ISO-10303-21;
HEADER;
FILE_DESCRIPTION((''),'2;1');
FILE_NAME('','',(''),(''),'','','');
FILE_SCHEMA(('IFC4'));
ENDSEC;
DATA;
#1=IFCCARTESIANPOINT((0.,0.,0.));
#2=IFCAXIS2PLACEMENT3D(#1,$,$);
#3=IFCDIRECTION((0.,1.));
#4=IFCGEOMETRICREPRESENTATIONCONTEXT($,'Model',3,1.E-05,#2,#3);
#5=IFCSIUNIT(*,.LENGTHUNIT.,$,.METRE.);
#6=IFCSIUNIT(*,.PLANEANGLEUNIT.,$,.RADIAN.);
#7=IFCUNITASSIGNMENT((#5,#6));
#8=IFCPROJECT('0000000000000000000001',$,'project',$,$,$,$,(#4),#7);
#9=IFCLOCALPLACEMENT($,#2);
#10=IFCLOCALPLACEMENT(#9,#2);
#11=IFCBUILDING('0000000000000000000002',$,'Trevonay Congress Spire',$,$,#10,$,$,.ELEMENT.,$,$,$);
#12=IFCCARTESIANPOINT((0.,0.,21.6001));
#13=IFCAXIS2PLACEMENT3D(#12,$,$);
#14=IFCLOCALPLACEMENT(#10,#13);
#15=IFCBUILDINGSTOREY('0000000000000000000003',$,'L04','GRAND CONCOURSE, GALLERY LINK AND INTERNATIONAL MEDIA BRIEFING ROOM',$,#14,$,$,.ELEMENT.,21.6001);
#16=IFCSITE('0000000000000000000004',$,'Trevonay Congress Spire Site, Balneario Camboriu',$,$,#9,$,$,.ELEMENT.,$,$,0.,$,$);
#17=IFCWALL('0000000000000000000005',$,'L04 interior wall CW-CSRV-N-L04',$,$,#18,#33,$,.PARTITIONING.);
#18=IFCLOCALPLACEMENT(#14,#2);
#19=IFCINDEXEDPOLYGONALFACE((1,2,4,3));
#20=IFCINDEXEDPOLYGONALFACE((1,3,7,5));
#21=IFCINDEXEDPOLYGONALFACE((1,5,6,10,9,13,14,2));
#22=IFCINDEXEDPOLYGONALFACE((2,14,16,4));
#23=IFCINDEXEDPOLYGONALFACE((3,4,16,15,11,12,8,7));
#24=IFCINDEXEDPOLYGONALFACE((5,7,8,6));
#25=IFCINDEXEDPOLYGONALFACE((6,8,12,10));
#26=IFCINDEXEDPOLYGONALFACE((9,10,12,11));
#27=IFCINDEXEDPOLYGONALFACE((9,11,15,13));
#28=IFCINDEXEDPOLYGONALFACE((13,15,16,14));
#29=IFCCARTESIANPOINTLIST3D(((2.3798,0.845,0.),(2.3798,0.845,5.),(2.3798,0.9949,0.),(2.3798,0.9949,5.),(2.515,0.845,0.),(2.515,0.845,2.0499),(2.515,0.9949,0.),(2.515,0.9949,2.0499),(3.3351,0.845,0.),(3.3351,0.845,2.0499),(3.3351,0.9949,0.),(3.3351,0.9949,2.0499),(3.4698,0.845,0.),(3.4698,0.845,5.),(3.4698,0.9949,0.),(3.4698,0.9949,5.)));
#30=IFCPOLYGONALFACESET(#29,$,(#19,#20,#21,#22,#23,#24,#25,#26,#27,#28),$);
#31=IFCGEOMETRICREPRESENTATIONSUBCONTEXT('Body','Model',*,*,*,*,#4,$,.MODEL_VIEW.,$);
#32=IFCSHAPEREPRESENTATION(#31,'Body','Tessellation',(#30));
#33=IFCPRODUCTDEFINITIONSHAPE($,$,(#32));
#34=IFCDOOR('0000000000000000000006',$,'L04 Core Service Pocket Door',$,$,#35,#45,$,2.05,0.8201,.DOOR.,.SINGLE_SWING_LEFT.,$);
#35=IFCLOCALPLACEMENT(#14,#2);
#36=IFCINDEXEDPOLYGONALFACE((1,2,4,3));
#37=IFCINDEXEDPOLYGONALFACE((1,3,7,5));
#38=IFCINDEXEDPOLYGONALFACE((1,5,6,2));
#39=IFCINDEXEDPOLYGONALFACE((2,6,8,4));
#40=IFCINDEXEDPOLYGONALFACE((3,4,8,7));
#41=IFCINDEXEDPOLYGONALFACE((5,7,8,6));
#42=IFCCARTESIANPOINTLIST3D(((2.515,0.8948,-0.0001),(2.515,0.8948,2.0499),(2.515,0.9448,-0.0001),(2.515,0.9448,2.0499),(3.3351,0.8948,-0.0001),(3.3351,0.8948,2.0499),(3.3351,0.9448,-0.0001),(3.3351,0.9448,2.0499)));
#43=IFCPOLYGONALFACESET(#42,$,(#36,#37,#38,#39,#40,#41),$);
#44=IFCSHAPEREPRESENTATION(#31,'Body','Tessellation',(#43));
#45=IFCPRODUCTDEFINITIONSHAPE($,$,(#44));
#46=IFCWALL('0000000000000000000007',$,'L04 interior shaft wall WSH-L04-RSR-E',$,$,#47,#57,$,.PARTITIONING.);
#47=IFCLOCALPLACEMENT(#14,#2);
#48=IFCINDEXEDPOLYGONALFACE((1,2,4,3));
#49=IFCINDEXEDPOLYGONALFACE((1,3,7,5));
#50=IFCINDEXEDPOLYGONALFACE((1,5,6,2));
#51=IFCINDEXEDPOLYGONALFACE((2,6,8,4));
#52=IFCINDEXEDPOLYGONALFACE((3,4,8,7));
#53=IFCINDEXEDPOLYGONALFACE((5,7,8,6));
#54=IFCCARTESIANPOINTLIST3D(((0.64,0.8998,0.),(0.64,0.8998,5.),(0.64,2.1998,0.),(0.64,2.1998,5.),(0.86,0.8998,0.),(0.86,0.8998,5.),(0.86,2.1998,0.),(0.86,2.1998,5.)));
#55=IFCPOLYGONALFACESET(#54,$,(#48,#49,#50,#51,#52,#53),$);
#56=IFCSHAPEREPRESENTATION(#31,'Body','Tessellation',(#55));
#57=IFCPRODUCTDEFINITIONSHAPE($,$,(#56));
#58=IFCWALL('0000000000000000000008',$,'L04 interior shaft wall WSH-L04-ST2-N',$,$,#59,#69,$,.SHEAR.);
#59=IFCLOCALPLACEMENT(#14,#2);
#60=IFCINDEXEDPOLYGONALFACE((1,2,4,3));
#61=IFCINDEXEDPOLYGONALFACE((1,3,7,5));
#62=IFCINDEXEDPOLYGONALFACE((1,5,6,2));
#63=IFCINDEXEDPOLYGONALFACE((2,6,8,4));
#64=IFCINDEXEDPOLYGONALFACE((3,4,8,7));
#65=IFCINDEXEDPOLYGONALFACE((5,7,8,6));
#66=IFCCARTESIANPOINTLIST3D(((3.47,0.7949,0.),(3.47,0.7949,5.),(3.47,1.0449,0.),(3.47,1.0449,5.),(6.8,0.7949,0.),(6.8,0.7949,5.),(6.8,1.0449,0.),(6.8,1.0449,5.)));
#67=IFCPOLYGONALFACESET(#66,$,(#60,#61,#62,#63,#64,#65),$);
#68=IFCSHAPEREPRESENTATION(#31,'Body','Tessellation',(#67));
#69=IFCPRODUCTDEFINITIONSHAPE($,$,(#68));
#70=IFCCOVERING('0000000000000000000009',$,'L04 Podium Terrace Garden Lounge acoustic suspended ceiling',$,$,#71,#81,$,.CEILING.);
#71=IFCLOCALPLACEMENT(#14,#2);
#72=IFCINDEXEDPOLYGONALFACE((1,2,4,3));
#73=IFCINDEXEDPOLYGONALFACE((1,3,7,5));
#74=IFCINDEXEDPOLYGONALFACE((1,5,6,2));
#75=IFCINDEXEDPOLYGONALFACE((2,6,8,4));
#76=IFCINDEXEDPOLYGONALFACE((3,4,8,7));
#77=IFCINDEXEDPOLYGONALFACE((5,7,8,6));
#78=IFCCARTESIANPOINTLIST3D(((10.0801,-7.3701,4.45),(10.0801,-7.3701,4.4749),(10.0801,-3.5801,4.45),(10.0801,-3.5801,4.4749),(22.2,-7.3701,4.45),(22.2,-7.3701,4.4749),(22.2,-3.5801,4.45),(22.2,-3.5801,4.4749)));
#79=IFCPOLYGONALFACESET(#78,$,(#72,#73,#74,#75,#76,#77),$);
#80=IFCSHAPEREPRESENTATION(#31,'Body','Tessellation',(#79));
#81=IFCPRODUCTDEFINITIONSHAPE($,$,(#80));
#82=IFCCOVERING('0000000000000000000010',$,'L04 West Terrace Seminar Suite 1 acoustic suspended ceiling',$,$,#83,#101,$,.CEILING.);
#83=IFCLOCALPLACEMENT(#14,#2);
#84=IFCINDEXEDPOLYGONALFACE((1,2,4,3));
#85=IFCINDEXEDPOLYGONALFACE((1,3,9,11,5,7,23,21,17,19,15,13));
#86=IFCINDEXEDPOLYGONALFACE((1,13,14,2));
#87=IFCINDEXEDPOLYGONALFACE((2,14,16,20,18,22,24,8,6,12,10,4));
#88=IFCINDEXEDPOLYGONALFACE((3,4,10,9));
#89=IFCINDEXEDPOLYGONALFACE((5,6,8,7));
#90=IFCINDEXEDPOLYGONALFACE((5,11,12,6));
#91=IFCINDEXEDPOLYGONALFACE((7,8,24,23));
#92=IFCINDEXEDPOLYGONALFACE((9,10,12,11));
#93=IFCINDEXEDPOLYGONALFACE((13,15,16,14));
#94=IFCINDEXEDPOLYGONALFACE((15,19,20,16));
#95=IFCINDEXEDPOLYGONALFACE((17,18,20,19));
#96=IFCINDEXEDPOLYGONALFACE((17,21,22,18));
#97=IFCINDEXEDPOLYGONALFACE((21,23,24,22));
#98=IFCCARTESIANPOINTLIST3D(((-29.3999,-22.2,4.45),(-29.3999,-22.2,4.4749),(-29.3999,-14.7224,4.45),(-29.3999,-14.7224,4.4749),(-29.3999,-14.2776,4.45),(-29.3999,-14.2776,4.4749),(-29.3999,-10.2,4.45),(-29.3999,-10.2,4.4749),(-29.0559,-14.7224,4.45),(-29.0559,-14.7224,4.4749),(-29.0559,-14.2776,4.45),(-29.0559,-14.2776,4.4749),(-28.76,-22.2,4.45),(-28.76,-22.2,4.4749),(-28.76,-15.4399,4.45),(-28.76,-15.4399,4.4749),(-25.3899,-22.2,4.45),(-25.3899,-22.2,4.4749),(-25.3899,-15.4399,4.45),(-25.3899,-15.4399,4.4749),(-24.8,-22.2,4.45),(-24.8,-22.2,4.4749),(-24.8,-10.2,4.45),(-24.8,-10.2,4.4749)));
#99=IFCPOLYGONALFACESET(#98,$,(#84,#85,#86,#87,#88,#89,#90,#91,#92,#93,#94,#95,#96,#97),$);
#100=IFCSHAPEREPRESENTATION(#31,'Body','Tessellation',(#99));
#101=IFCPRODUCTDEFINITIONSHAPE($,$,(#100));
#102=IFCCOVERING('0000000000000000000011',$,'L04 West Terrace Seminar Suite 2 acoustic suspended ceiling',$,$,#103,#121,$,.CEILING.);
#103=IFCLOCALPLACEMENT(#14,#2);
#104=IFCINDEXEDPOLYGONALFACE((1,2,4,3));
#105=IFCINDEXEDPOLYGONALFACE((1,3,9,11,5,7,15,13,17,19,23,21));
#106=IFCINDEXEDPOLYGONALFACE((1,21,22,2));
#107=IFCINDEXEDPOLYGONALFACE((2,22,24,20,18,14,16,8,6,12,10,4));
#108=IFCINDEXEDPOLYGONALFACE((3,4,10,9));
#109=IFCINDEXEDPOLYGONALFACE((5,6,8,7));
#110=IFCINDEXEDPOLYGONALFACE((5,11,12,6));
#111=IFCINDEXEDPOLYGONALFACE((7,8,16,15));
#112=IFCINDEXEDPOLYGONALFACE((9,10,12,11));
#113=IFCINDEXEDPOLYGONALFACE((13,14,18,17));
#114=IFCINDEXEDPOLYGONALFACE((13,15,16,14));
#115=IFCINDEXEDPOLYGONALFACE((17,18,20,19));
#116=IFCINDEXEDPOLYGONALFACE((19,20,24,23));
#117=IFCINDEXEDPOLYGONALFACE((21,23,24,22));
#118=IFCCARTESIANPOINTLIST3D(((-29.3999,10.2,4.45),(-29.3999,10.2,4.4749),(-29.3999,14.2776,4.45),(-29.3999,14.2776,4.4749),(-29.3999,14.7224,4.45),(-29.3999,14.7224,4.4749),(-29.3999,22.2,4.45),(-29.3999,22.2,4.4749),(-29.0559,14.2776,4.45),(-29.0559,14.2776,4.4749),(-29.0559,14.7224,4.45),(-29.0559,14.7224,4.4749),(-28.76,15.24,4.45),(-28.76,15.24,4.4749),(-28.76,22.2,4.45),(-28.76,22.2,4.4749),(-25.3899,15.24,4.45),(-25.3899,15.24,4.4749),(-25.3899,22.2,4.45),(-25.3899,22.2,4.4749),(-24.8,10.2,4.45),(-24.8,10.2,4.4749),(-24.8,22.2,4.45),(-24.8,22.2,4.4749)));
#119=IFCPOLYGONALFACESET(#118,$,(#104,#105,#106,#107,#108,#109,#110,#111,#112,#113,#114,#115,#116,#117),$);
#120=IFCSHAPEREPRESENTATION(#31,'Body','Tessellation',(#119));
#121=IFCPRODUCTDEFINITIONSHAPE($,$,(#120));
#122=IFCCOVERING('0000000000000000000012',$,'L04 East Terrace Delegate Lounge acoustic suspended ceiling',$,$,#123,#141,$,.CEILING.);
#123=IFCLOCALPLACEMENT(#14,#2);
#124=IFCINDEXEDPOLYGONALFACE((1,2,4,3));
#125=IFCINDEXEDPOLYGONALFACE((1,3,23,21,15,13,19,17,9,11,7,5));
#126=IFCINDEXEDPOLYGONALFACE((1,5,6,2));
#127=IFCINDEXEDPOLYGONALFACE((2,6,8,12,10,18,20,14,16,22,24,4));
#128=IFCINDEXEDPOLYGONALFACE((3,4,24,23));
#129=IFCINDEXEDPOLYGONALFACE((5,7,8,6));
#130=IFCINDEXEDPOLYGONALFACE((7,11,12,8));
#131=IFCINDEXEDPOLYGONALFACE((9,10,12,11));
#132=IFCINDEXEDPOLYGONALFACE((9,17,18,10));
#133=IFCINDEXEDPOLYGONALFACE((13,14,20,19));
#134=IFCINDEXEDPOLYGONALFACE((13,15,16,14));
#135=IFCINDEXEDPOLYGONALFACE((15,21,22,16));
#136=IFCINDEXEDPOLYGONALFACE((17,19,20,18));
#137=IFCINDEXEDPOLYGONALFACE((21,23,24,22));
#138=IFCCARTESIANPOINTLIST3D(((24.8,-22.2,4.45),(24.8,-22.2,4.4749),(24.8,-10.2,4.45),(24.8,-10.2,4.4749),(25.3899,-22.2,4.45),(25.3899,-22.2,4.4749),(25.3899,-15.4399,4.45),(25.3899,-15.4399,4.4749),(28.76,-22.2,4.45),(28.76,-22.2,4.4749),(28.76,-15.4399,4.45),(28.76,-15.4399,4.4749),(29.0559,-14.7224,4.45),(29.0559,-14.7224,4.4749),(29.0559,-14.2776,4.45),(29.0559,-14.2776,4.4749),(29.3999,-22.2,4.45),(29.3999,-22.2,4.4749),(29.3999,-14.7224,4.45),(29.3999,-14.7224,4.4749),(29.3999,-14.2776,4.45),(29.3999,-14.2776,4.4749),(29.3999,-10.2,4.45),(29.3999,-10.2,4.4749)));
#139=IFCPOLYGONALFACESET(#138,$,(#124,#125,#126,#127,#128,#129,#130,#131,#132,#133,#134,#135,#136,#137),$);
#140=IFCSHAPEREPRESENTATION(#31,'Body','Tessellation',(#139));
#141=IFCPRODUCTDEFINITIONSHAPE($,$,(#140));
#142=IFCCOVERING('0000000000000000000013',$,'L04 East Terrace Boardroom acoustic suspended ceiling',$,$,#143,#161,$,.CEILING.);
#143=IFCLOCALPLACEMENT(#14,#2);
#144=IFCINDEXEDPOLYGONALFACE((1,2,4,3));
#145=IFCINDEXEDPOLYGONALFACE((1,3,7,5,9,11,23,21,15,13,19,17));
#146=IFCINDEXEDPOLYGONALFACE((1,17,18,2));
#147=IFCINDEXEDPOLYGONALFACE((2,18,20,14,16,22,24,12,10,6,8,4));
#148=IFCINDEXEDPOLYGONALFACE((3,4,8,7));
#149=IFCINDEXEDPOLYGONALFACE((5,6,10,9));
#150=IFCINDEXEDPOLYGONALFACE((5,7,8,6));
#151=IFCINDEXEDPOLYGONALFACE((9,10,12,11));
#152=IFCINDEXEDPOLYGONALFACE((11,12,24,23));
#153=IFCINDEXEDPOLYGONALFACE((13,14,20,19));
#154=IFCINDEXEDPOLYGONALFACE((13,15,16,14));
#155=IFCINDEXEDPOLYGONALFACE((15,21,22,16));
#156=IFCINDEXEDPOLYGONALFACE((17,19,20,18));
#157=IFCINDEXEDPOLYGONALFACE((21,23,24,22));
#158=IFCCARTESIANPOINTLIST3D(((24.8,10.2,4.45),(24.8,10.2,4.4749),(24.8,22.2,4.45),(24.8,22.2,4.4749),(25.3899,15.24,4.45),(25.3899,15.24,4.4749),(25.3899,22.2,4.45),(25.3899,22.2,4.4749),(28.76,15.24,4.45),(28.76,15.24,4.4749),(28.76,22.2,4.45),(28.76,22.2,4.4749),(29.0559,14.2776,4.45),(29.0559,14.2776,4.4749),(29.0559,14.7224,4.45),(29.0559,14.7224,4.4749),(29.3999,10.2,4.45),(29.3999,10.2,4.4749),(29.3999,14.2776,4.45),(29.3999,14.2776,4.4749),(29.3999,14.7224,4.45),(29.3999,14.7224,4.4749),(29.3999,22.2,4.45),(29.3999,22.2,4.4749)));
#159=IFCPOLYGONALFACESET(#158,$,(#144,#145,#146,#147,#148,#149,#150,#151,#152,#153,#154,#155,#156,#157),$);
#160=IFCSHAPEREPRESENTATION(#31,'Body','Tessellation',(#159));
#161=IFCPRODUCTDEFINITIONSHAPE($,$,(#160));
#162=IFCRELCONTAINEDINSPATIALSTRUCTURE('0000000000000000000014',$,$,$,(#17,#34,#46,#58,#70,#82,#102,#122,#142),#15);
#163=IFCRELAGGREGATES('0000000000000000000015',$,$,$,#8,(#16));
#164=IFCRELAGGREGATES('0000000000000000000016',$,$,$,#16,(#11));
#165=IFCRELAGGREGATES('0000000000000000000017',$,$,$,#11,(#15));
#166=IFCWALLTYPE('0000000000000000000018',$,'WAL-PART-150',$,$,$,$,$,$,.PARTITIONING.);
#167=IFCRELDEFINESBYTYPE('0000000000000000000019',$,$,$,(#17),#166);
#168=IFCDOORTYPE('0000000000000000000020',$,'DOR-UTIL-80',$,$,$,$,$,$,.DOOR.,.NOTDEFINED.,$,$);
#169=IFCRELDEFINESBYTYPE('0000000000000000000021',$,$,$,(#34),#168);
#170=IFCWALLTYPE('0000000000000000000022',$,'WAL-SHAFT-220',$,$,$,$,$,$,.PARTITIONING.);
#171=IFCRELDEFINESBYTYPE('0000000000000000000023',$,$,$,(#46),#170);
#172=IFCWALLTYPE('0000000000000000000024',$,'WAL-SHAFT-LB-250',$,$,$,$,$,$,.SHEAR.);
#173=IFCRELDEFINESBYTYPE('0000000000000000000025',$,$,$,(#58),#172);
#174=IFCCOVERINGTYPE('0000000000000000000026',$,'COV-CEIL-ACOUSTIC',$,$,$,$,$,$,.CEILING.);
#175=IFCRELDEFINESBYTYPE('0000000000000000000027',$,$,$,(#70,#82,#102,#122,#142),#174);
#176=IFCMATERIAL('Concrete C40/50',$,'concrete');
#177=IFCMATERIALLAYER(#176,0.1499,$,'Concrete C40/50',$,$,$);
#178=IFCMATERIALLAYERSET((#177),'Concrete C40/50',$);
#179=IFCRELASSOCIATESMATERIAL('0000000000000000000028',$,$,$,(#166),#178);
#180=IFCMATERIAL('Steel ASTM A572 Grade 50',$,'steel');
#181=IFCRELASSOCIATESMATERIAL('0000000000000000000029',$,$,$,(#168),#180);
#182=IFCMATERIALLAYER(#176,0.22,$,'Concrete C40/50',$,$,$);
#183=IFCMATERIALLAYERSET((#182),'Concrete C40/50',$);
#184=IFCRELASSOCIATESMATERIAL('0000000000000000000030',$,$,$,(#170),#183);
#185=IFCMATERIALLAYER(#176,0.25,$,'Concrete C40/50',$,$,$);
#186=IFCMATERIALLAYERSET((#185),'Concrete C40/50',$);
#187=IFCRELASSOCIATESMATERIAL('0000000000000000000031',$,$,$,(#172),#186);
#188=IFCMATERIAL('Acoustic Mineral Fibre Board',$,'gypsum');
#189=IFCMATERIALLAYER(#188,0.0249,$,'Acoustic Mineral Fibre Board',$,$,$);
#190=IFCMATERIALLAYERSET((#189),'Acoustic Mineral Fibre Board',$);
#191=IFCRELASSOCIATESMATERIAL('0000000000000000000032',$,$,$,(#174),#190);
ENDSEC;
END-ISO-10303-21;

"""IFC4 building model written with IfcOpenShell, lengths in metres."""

from ifc_helpers import new_model, si_unit, direction, frame, frame_2d, origin, place, context, subcontext, project, spatial, polyline, rectangle, outline, extrude, material, layer, layer_set, type_object, element, fill, save


model = new_model("IFC4")

# Units and contexts
model_context = context("Model", 3, precision=1e-05, world=origin(), true_north=direction((0.0, 1.0)))
body_context = subcontext(model_context, "Body", "Model", "MODEL_VIEW")
ifc_project = project(units=[si_unit("LENGTHUNIT", "METRE"), si_unit("PLANEANGLEUNIT", "RADIAN")], contexts=[model_context])

# Site, building, storey
site_placement = place(None, origin())
site = spatial("IfcSite", under=ifc_project, at=site_placement, Name="Trevonay Congress Spire Site, Balneario Camboriu", CompositionType="ELEMENT", RefElevation=0.0)
building_placement = place(site_placement, origin())
building = spatial("IfcBuilding", under=site, at=building_placement, Name="Trevonay Congress Spire", CompositionType="ELEMENT")
storey_placement = place(building_placement, frame((0.0, 0.0, 21.6001)))
storey = spatial("IfcBuildingStorey", under=building, at=storey_placement, Name="L04", Description="GRAND CONCOURSE, GALLERY LINK AND INTERNATIONAL MEDIA BRIEFING ROOM", CompositionType="ELEMENT", Elevation=21.6001)

# Shared definitions
ifc_material_1 = material(Name="Steel ASTM A572 Grade 50", Category="steel")

# Wall, opening, door
ifc_material_2 = material(Name="Concrete C40/50", Category="concrete")
ifc_layer_1 = layer(ifc_material_2, 0.1499, Name="Concrete C40/50")
ifc_layer_set_1 = layer_set([ifc_layer_1], Name="Concrete C40/50")
wall_type_1 = type_object("IfcWallType", Name="WAL-PART-150", PredefinedType="PARTITIONING", material=ifc_layer_set_1)
wall_1_placement = place(storey_placement, frame((2.3799, 0.9199, 0.0), z_axis=(0.0, 0.0, 1.0), x_axis=(1.0, 0.0, 0.0)))
wall_1 = element("IfcWall", 1, at=wall_1_placement, inside=storey, type_object=wall_type_1, Name="L04 interior wall CW-CSRV-N-L04", PredefinedType="PARTITIONING", context=body_context, shape_type="SweptSolid", body=[
    extrude(rectangle(XDim=1.0901, YDim=0.1499, at=frame_2d((0.5449, 0.0))), origin(), (0.0, 0.0, 1.0), 5.0),
])
opening_placement = place(wall_1_placement, frame((0.135, 0.0, 0.0)))
opening = element("IfcOpeningElement", 2, at=opening_placement, cuts=wall_1, PredefinedType="OPENING", context=body_context, shape_type="SweptSolid", body=[
    extrude(rectangle(XDim=0.8201, YDim=2.05, at=frame_2d((0.4102, 1.0249))), frame((0.0, 0.085, 0.0), z_axis=(0.0, -1.0, 0.0), x_axis=(1.0, 0.0, 0.0)), (0.0, 0.0, 1.0), 0.1699),
])
door_type = type_object("IfcDoorType", Name="DOR-UTIL-80", OperationType="NOTDEFINED", PredefinedType="DOOR", material=ifc_material_1)
door_placement = place(opening_placement, origin())
door = element("IfcDoor", 3, at=door_placement, inside=storey, type_object=door_type, Name="L04 Core Service Pocket Door", OperationType="SINGLE_SWING_LEFT", OverallHeight=2.05, OverallWidth=0.8201, PredefinedType="DOOR", context=body_context, shape_type="SweptSolid", body=[
    extrude(rectangle(XDim=0.8201, YDim=2.05, at=frame_2d((0.4102, 1.0249))), frame((0.0, 0.0249, 0.0), z_axis=(0.0, -1.0, 0.0), x_axis=(1.0, 0.0, 0.0)), (0.0, 0.0, 1.0), 0.05),
])
fill(opening, door)

# Walls
ifc_layer_2 = layer(ifc_material_2, 0.22, Name="Concrete C40/50")
ifc_layer_set_2 = layer_set([ifc_layer_2], Name="Concrete C40/50")
wall_type_2 = type_object("IfcWallType", Name="WAL-SHAFT-220", PredefinedType="PARTITIONING", material=ifc_layer_set_2)
wall_2_placement = place(storey_placement, frame((0.75, 0.8999, 0.0), z_axis=(0.0, 0.0, 1.0), x_axis=(0.0, 1.0, 0.0)))
element("IfcWall", 4, at=wall_2_placement, inside=storey, type_object=wall_type_2, Name="L04 interior shaft wall WSH-L04-RSR-E", PredefinedType="PARTITIONING", context=body_context, shape_type="SweptSolid", body=[
    extrude(rectangle(XDim=1.3, YDim=0.22, at=frame_2d((0.6499, 0.0))), origin(), (0.0, 0.0, 1.0), 5.0),
])
ifc_layer_3 = layer(ifc_material_2, 0.25, Name="Concrete C40/50")
ifc_layer_set_3 = layer_set([ifc_layer_3], Name="Concrete C40/50")
wall_type_3 = type_object("IfcWallType", Name="WAL-SHAFT-LB-250", PredefinedType="SHEAR", material=ifc_layer_set_3)
wall_3_placement = place(storey_placement, frame((3.47, 0.9199, 0.0), z_axis=(0.0, 0.0, 1.0), x_axis=(1.0, 0.0, 0.0)))
element("IfcWall", 5, at=wall_3_placement, inside=storey, type_object=wall_type_3, Name="L04 interior shaft wall WSH-L04-ST2-N", PredefinedType="SHEAR", context=body_context, shape_type="SweptSolid", body=[
    extrude(rectangle(XDim=3.3301, YDim=0.25, at=frame_2d((1.665, 0.0))), origin(), (0.0, 0.0, 1.0), 5.0),
])

# Coverings
ifc_material_3 = material(Name="Acoustic Mineral Fibre Board", Category="gypsum")
ifc_layer_4 = layer(ifc_material_3, 0.0249, Name="Acoustic Mineral Fibre Board")
ifc_layer_set_4 = layer_set([ifc_layer_4], Name="Acoustic Mineral Fibre Board")
covering_type_1 = type_object("IfcCoveringType", Name="COV-CEIL-ACOUSTIC", PredefinedType="CEILING", material=ifc_layer_set_4)
covering_1_placement = place(storey_placement, frame((0.0, 0.0, 4.45)))
element("IfcCovering", 6, at=covering_1_placement, inside=storey, type_object=covering_type_1, Name="L04 Podium Terrace Garden Lounge acoustic suspended ceiling", PredefinedType="CEILING", context=body_context, shape_type="SweptSolid", body=[
    extrude(outline(polyline([(10.0801, -7.3701), (22.2, -7.3701), (22.2, -3.5801), (10.0801, -3.5801), (10.0801, -7.3701)])), origin(), (0.0, 0.0, 1.0), 0.0249),
])
covering_2_placement = place(storey_placement, frame((0.0, 0.0, 4.45)))
element("IfcCovering", 7, at=covering_2_placement, inside=storey, type_object=covering_type_1, Name="L04 West Terrace Seminar Suite 1 acoustic suspended ceiling", PredefinedType="CEILING", context=body_context, shape_type="SweptSolid", body=[
    extrude(outline(polyline([(-24.8, -10.2), (-24.8, -22.2), (-25.3899, -22.2), (-25.3899, -15.4399), (-28.76, -15.4399), (-28.76, -22.2), (-29.3999, -22.2), (-29.3999, -14.7224), (-29.0559, -14.7224), (-29.0559, -14.2776), (-29.3999, -14.2776), (-29.3999, -10.2), (-24.8, -10.2)])), origin(), (0.0, 0.0, 1.0), 0.0249),
])
covering_3_placement = place(storey_placement, frame((0.0, 0.0, 4.45)))
element("IfcCovering", 8, at=covering_3_placement, inside=storey, type_object=covering_type_1, Name="L04 West Terrace Seminar Suite 2 acoustic suspended ceiling", PredefinedType="CEILING", context=body_context, shape_type="SweptSolid", body=[
    extrude(outline(polyline([(-28.76, 22.2), (-28.76, 15.24), (-25.3899, 15.24), (-25.3899, 22.2), (-24.8, 22.2), (-24.8, 10.2), (-29.3999, 10.2), (-29.3999, 14.2776), (-29.0559, 14.2776), (-29.0559, 14.7224), (-29.3999, 14.7224), (-29.3999, 22.2), (-28.76, 22.2)])), origin(), (0.0, 0.0, 1.0), 0.0249),
])
covering_4_placement = place(storey_placement, frame((0.0, 0.0, 4.45)))
element("IfcCovering", 9, at=covering_4_placement, inside=storey, type_object=covering_type_1, Name="L04 East Terrace Delegate Lounge acoustic suspended ceiling", PredefinedType="CEILING", context=body_context, shape_type="SweptSolid", body=[
    extrude(outline(polyline([(28.76, -22.2), (28.76, -15.4399), (25.3899, -15.4399), (25.3899, -22.2), (24.8, -22.2), (24.8, -10.2), (29.3999, -10.2), (29.3999, -14.2776), (29.0559, -14.2776), (29.0559, -14.7224), (29.3999, -14.7224), (29.3999, -22.2), (28.76, -22.2)])), origin(), (0.0, 0.0, 1.0), 0.0249),
])
covering_5_placement = place(storey_placement, frame((0.0, 0.0, 4.45)))
element("IfcCovering", 10, at=covering_5_placement, inside=storey, type_object=covering_type_1, Name="L04 East Terrace Boardroom acoustic suspended ceiling", PredefinedType="CEILING", context=body_context, shape_type="SweptSolid", body=[
    extrude(outline(polyline([(24.8, 10.2), (24.8, 22.2), (25.3899, 22.2), (25.3899, 15.24), (28.76, 15.24), (28.76, 22.2), (29.3999, 22.2), (29.3999, 14.7224), (29.0559, 14.7224), (29.0559, 14.2776), (29.3999, 14.2776), (29.3999, 10.2), (24.8, 10.2)])), origin(), (0.0, 0.0, 1.0), 0.0249),
])

save(model, "model.ifc")
